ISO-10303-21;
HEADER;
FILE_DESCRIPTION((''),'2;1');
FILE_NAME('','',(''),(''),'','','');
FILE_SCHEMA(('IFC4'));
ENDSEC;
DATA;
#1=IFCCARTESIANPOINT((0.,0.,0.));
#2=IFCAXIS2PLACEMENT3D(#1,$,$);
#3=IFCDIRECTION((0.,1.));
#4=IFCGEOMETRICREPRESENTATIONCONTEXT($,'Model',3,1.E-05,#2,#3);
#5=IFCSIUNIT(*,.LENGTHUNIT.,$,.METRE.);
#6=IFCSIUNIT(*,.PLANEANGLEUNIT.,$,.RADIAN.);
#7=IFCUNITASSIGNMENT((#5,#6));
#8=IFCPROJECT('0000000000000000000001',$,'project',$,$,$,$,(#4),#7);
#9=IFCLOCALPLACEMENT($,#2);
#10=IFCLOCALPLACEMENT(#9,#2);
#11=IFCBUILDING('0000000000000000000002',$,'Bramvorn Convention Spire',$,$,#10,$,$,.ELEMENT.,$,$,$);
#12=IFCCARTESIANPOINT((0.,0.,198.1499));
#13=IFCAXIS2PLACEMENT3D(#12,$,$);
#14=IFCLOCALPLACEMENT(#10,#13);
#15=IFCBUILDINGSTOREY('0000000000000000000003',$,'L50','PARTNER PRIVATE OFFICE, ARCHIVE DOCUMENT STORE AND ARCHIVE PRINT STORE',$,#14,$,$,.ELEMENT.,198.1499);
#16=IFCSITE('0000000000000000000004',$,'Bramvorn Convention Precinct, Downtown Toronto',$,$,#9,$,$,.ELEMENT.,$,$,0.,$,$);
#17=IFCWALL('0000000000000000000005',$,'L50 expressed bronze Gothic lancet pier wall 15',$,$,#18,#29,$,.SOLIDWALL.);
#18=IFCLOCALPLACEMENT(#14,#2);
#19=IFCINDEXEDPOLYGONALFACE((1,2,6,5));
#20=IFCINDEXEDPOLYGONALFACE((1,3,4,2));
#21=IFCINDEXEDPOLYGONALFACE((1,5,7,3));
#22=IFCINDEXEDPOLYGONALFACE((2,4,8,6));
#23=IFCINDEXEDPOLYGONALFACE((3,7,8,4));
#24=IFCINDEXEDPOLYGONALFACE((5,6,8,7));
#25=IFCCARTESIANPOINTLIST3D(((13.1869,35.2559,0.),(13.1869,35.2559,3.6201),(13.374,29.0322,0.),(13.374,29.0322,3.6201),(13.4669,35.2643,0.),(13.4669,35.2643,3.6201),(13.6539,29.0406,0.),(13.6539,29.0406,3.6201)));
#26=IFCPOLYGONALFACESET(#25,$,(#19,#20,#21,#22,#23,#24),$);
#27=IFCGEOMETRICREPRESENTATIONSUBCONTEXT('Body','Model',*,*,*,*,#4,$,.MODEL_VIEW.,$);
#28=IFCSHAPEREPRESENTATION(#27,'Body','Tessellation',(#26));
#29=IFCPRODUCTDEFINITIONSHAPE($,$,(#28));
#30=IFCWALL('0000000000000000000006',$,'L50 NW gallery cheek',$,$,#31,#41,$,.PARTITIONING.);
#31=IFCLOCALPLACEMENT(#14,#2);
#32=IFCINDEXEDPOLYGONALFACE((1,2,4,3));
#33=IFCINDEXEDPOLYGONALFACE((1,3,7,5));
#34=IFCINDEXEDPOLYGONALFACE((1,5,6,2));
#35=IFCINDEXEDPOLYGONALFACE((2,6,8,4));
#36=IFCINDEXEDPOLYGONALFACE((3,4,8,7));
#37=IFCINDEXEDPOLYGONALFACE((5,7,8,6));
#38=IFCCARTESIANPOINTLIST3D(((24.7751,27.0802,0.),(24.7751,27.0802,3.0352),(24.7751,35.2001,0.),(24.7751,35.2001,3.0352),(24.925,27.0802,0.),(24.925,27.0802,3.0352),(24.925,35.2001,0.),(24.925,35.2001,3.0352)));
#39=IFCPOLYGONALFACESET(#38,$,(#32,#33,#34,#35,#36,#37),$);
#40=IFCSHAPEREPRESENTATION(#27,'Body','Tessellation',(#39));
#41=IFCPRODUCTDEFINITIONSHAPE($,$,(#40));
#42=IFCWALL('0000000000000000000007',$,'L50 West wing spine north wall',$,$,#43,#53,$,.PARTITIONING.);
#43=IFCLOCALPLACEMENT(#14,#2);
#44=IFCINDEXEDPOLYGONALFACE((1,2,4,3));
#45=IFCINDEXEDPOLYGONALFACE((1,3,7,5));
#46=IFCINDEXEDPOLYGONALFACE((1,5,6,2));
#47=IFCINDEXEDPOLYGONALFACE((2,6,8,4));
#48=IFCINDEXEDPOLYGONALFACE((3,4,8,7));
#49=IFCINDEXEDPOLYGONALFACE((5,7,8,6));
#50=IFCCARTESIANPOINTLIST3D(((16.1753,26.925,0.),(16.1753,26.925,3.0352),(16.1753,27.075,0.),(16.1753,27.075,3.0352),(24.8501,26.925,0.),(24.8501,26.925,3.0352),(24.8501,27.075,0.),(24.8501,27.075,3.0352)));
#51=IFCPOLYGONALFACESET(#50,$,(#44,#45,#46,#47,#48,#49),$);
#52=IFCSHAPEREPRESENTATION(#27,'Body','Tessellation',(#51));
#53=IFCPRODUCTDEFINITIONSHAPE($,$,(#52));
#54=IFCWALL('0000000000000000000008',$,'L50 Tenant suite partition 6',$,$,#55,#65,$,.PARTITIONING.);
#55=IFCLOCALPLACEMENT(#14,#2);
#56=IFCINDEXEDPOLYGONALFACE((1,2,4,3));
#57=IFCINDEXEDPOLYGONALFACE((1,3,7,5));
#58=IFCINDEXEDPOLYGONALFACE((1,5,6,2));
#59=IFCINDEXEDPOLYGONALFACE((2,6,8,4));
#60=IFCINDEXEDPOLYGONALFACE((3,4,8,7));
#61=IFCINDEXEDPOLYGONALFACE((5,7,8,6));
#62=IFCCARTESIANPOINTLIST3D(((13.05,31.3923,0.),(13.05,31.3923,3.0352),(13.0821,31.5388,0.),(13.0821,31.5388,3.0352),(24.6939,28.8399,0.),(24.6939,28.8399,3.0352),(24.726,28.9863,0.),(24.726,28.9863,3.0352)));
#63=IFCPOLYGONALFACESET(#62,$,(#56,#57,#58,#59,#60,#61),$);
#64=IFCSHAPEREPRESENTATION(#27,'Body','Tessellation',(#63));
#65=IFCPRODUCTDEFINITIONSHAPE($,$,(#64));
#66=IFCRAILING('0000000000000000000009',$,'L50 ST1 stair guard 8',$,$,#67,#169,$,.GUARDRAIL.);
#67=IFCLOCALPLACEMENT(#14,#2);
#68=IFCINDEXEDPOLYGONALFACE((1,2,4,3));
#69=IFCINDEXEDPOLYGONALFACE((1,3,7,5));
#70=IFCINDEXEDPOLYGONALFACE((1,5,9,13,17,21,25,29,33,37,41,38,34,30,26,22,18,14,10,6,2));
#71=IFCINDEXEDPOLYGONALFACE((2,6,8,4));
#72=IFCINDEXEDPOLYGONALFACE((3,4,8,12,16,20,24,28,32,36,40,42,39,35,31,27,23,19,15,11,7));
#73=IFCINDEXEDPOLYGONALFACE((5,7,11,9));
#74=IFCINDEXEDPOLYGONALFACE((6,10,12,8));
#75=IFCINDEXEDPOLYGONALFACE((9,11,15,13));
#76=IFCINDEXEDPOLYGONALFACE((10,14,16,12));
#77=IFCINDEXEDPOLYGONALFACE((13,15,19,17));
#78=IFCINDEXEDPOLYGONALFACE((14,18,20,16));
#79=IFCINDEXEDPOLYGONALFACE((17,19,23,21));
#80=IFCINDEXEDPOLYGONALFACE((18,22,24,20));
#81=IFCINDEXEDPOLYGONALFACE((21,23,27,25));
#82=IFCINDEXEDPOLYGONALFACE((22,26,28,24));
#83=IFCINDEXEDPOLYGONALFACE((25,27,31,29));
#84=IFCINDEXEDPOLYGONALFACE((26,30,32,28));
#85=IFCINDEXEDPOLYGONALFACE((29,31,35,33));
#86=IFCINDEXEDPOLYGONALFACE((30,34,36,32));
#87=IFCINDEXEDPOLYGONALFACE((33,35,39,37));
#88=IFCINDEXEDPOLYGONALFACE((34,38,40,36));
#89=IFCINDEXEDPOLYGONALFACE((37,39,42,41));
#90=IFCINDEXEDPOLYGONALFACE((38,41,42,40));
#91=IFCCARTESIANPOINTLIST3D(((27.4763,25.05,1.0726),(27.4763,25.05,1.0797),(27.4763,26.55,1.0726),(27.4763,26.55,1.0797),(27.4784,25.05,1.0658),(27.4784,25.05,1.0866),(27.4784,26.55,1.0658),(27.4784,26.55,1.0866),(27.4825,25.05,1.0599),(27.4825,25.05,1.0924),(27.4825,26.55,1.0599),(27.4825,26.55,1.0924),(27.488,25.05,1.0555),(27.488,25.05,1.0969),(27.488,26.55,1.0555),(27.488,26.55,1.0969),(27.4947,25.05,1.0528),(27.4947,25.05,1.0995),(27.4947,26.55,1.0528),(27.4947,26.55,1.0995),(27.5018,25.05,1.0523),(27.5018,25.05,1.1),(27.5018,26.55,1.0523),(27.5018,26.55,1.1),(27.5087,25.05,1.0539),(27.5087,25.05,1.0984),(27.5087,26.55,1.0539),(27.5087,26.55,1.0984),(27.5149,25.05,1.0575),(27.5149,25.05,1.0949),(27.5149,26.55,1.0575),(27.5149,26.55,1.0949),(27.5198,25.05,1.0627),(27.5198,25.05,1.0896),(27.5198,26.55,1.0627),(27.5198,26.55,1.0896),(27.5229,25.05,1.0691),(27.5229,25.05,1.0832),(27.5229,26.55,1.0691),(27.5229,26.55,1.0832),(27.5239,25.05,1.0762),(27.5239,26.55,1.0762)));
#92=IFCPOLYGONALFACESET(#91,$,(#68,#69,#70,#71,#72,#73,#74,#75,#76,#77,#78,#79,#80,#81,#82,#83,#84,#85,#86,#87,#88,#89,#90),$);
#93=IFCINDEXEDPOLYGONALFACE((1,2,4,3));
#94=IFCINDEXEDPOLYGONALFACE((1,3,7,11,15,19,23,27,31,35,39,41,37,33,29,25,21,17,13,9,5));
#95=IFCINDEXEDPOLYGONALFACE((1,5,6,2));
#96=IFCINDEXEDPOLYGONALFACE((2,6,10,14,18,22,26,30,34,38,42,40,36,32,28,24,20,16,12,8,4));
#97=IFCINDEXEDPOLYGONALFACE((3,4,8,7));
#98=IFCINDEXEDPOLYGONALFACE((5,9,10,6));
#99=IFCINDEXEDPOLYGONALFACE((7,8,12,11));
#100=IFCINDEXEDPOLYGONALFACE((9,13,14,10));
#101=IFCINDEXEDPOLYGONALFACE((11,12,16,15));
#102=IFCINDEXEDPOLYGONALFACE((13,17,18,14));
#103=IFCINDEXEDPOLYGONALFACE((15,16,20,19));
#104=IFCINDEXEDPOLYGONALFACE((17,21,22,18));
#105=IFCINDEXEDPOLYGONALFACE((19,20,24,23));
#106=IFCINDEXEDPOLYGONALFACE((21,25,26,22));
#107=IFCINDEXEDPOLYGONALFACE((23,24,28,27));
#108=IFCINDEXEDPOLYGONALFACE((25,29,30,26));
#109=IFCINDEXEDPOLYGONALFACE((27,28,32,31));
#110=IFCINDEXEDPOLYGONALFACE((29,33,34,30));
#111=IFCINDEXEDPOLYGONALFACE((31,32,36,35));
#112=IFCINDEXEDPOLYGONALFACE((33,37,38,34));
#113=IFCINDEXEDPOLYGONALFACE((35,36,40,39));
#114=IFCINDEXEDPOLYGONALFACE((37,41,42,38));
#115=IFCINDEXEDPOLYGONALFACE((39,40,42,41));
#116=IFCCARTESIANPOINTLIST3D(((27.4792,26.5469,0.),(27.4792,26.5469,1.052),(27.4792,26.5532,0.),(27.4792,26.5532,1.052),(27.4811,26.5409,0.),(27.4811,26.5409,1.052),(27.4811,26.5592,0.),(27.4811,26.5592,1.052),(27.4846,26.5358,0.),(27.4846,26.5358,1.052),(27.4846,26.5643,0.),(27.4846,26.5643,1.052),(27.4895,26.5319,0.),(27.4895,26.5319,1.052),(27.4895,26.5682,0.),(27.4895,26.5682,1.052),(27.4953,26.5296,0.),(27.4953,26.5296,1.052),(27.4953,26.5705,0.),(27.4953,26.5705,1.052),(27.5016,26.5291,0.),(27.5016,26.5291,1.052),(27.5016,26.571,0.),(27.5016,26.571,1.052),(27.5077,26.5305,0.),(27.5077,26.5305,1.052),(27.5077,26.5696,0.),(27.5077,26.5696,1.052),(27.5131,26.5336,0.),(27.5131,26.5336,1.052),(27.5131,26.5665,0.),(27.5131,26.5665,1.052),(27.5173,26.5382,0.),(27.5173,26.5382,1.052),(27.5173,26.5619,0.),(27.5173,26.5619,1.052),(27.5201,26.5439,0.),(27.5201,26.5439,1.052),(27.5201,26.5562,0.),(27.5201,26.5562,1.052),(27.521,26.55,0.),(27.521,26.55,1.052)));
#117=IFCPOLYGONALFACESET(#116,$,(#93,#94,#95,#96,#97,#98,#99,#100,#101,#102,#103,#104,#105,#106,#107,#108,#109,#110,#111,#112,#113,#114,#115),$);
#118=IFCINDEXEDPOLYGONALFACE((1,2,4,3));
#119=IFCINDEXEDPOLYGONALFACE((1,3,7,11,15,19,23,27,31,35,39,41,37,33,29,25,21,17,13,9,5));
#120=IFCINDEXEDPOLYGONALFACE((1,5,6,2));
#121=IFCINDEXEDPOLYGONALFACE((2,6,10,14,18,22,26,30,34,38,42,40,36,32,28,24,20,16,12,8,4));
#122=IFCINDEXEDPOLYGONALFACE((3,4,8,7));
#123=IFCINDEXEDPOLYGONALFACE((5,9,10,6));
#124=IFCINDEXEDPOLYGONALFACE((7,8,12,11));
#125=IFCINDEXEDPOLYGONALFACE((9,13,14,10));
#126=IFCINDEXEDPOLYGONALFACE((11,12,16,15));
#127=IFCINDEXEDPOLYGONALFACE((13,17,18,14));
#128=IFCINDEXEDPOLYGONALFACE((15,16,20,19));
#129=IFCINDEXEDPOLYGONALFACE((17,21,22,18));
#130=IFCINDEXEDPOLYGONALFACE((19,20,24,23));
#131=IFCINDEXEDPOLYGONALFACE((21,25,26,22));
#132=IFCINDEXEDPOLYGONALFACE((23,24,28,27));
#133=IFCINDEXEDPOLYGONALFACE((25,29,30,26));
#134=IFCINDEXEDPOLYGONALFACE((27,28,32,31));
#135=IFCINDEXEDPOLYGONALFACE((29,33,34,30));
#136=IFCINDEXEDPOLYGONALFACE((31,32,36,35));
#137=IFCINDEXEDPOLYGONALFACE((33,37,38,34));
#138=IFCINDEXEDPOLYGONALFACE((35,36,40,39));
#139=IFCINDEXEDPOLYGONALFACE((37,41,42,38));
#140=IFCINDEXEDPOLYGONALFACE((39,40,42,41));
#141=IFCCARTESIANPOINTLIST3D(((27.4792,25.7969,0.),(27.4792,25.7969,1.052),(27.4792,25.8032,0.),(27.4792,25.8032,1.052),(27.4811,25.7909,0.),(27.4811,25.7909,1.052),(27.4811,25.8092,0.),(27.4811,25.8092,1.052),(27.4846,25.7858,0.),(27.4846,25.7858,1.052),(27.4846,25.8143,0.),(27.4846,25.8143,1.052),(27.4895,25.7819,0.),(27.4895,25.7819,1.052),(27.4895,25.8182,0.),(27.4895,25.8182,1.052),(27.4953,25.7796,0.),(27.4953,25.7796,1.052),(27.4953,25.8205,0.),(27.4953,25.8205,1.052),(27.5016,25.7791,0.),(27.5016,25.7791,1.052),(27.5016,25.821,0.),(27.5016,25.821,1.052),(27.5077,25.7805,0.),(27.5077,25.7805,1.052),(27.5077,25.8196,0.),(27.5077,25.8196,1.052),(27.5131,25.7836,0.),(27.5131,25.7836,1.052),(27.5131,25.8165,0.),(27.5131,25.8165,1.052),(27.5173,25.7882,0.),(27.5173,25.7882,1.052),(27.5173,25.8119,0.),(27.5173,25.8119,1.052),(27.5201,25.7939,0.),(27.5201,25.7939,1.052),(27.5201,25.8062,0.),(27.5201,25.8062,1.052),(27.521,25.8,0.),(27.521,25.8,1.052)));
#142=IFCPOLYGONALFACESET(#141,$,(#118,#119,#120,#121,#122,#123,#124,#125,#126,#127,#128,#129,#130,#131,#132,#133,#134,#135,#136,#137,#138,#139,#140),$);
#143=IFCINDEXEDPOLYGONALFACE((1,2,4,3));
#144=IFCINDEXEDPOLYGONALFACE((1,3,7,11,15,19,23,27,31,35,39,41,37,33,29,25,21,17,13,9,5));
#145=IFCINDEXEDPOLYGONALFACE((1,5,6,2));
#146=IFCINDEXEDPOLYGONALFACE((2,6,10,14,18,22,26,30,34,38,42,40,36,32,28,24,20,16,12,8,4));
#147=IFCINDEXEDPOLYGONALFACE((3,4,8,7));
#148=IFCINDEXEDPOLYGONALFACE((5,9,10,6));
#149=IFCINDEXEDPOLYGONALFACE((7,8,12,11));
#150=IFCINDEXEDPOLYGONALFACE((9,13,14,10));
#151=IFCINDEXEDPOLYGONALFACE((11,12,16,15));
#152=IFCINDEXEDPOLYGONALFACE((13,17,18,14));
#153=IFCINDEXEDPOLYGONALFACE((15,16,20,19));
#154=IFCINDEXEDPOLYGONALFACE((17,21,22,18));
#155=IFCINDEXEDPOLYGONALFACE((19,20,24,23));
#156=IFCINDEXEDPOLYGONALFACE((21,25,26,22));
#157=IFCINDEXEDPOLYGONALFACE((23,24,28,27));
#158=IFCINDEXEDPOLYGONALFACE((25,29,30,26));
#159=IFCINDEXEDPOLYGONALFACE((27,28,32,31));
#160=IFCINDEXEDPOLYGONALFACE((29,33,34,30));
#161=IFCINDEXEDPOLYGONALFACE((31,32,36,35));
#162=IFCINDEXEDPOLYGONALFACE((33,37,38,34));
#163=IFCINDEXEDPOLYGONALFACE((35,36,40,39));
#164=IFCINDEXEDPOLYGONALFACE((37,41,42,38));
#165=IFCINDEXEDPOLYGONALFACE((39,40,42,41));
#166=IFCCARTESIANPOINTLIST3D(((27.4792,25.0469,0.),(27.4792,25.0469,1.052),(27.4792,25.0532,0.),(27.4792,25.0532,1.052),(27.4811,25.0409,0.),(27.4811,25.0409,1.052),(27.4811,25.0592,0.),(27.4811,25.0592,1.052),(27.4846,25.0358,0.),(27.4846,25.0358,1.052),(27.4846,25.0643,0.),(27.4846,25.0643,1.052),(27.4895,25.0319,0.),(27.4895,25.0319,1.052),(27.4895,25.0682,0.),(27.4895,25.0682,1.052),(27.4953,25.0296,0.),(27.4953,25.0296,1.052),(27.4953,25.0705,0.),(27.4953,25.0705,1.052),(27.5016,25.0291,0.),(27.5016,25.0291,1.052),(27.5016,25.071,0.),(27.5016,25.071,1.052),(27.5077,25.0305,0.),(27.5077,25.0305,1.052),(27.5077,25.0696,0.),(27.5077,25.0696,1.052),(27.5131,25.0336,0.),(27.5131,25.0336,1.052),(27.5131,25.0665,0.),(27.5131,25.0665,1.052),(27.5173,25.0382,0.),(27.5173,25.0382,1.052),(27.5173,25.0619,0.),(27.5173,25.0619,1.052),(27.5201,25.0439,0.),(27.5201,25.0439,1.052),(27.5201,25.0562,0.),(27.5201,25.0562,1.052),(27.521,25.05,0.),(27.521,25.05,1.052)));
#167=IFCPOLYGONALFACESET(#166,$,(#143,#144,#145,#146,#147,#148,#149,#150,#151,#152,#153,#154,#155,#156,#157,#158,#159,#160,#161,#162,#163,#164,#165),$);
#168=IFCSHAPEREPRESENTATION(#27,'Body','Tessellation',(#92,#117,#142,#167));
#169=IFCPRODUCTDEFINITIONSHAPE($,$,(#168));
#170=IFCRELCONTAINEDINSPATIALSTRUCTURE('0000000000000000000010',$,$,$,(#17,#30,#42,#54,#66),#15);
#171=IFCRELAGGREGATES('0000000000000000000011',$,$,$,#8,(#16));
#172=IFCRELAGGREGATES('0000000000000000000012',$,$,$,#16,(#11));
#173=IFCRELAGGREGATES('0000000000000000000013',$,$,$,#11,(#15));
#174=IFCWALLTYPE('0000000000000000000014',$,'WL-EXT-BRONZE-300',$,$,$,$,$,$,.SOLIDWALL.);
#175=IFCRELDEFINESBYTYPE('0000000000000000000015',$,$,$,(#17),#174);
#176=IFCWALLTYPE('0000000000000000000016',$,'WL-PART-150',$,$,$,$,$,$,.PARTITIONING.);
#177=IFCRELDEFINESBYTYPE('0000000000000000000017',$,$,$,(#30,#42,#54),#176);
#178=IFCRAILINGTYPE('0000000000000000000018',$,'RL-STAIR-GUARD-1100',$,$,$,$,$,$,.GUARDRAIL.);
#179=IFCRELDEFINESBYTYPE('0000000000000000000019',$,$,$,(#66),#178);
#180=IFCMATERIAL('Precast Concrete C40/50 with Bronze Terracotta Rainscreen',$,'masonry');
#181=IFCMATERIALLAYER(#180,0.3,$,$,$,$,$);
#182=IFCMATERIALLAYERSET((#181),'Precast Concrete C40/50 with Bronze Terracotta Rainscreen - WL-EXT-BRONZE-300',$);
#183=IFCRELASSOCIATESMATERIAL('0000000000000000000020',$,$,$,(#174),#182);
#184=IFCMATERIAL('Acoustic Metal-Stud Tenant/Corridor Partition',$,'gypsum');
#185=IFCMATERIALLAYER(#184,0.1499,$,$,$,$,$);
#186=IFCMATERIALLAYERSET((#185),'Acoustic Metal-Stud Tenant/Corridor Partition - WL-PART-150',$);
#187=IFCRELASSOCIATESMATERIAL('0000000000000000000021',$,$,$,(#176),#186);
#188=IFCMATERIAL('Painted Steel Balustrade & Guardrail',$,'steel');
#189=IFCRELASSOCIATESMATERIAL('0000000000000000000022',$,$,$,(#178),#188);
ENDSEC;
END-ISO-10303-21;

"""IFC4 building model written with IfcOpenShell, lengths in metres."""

from ifc_helpers import new_model, si_unit, direction, frame, frame_2d, origin, origin_2d, place, context, subcontext, project, spatial, rectangle, circle, extrude, material, layer, layer_set, type_object, element, save


model = new_model("IFC4")

# Units and contexts
model_context = context("Model", 3, precision=1e-05, world=origin(), true_north=direction((0.0, 1.0)))
body_context = subcontext(model_context, "Body", "Model", "MODEL_VIEW")
ifc_project = project(units=[si_unit("LENGTHUNIT", "METRE"), si_unit("PLANEANGLEUNIT", "RADIAN")], contexts=[model_context])

# Site, building, storey
site_placement = place(None, origin())
site = spatial("IfcSite", under=ifc_project, at=site_placement, Name="Bramvorn Convention Precinct, Downtown Toronto", CompositionType="ELEMENT", RefElevation=0.0)
building_placement = place(site_placement, origin())
building = spatial("IfcBuilding", under=site, at=building_placement, Name="Bramvorn Convention Spire", CompositionType="ELEMENT")
storey_placement = place(building_placement, frame((0.0, 0.0, 198.1499)))
storey = spatial("IfcBuildingStorey", under=building, at=storey_placement, Name="L50", Description="PARTNER PRIVATE OFFICE, ARCHIVE DOCUMENT STORE AND ARCHIVE PRINT STORE", CompositionType="ELEMENT", Elevation=198.1499)

# Walls
ifc_material_1 = material(Name="Precast Concrete C40/50 with Bronze Terracotta Rainscreen", Category="masonry")
ifc_layer_1 = layer(ifc_material_1, 0.3)
ifc_layer_set_1 = layer_set([ifc_layer_1], Name="Precast Concrete C40/50 with Bronze Terracotta Rainscreen - WL-EXT-BRONZE-300")
wall_type_1 = type_object("IfcWallType", Name="WL-EXT-BRONZE-300", PredefinedType="SOLIDWALL", material=ifc_layer_set_1)
wall_1_placement = place(storey_placement, frame((13.5139, 29.0364, 0.0), z_axis=(0.0, 0.0, 1.0), x_axis=(-0.030035, 0.999549, 0.0)))
element("IfcWall", 1, at=wall_1_placement, inside=storey, type_object=wall_type_1, Name="L50 expressed bronze Gothic lancet pier wall 15", PredefinedType="SOLIDWALL", context=body_context, shape_type="SweptSolid", body=[
    extrude(rectangle(XDim=6.2266, YDim=0.28, at=frame_2d((3.1133, 0.0))), origin(), (0.0, 0.0, 1.0), 3.6201),
])
ifc_material_2 = material(Name="Acoustic Metal-Stud Tenant/Corridor Partition", Category="gypsum")
ifc_layer_2 = layer(ifc_material_2, 0.1499)
ifc_layer_set_2 = layer_set([ifc_layer_2], Name="Acoustic Metal-Stud Tenant/Corridor Partition - WL-PART-150")
wall_type_2 = type_object("IfcWallType", Name="WL-PART-150", PredefinedType="PARTITIONING", material=ifc_layer_set_2)
wall_2_placement = place(storey_placement, frame((24.8501, 27.0801, 0.0), z_axis=(0.0, 0.0, 1.0), x_axis=(0.0, 1.0, 0.0)))
element("IfcWall", 2, at=wall_2_placement, inside=storey, type_object=wall_type_2, Name="L50 NW gallery cheek", PredefinedType="PARTITIONING", context=body_context, shape_type="SweptSolid", body=[
    extrude(rectangle(XDim=8.1199, YDim=0.1499, at=frame_2d((4.0601, 0.0))), origin(), (0.0, 0.0, 1.0), 3.0352),
])
wall_3_placement = place(storey_placement, frame((16.1753, 27.0, 0.0), z_axis=(0.0, 0.0, 1.0), x_axis=(1.0, 0.0, 0.0)))
element("IfcWall", 3, at=wall_3_placement, inside=storey, type_object=wall_type_2, Name="L50 West wing spine north wall", PredefinedType="PARTITIONING", context=body_context, shape_type="SweptSolid", body=[
    extrude(rectangle(XDim=8.6748, YDim=0.1499, at=frame_2d((4.3374, 0.0))), origin(), (0.0, 0.0, 1.0), 3.0352),
])
wall_4_placement = place(storey_placement, frame((24.71, 28.9131, 0.0), z_axis=(0.0, 0.0, 1.0), x_axis=(-0.976806, 0.214126, 0.0)))
element("IfcWall", 4, at=wall_4_placement, inside=storey, type_object=wall_type_2, Name="L50 Tenant suite partition 6", PredefinedType="PARTITIONING", context=body_context, shape_type="SweptSolid", body=[
    extrude(rectangle(XDim=11.9204, YDim=0.1499, at=frame_2d((5.9602, 0.0))), origin(), (0.0, 0.0, 1.0), 3.0352),
])

# Railing
ifc_material_3 = material(Name="Painted Steel Balustrade & Guardrail", Category="steel")
railing_type_1 = type_object("IfcRailingType", Name="RL-STAIR-GUARD-1100", PredefinedType="GUARDRAIL", material=ifc_material_3)
railing_1_placement = place(storey_placement, frame((27.5, 26.55, 0.0)))
element("IfcRailing", 5, at=railing_1_placement, inside=storey, type_object=railing_type_1, Name="L50 ST1 stair guard 8", PredefinedType="GUARDRAIL", context=body_context, shape_type="SweptSolid", body=[
    extrude(circle(Radius=0.0239, at=origin_2d()), frame((0.0, 0.0, 1.0762), z_axis=(0.0, -1.0, 0.0), x_axis=(1.0, 0.0, 0.0)), (0.0, 0.0, 1.0), 1.5),
    extrude(circle(Radius=0.021, at=origin_2d()), origin(), (0.0, 0.0, 1.0), 1.052),
    extrude(circle(Radius=0.021, at=origin_2d()), frame((0.0, -0.75, 0.0)), (0.0, 0.0, 1.0), 1.052),
    extrude(circle(Radius=0.021, at=origin_2d()), frame((0.0, -1.5, 0.0)), (0.0, 0.0, 1.0), 1.052),
])

save(model, "model.ifc")
